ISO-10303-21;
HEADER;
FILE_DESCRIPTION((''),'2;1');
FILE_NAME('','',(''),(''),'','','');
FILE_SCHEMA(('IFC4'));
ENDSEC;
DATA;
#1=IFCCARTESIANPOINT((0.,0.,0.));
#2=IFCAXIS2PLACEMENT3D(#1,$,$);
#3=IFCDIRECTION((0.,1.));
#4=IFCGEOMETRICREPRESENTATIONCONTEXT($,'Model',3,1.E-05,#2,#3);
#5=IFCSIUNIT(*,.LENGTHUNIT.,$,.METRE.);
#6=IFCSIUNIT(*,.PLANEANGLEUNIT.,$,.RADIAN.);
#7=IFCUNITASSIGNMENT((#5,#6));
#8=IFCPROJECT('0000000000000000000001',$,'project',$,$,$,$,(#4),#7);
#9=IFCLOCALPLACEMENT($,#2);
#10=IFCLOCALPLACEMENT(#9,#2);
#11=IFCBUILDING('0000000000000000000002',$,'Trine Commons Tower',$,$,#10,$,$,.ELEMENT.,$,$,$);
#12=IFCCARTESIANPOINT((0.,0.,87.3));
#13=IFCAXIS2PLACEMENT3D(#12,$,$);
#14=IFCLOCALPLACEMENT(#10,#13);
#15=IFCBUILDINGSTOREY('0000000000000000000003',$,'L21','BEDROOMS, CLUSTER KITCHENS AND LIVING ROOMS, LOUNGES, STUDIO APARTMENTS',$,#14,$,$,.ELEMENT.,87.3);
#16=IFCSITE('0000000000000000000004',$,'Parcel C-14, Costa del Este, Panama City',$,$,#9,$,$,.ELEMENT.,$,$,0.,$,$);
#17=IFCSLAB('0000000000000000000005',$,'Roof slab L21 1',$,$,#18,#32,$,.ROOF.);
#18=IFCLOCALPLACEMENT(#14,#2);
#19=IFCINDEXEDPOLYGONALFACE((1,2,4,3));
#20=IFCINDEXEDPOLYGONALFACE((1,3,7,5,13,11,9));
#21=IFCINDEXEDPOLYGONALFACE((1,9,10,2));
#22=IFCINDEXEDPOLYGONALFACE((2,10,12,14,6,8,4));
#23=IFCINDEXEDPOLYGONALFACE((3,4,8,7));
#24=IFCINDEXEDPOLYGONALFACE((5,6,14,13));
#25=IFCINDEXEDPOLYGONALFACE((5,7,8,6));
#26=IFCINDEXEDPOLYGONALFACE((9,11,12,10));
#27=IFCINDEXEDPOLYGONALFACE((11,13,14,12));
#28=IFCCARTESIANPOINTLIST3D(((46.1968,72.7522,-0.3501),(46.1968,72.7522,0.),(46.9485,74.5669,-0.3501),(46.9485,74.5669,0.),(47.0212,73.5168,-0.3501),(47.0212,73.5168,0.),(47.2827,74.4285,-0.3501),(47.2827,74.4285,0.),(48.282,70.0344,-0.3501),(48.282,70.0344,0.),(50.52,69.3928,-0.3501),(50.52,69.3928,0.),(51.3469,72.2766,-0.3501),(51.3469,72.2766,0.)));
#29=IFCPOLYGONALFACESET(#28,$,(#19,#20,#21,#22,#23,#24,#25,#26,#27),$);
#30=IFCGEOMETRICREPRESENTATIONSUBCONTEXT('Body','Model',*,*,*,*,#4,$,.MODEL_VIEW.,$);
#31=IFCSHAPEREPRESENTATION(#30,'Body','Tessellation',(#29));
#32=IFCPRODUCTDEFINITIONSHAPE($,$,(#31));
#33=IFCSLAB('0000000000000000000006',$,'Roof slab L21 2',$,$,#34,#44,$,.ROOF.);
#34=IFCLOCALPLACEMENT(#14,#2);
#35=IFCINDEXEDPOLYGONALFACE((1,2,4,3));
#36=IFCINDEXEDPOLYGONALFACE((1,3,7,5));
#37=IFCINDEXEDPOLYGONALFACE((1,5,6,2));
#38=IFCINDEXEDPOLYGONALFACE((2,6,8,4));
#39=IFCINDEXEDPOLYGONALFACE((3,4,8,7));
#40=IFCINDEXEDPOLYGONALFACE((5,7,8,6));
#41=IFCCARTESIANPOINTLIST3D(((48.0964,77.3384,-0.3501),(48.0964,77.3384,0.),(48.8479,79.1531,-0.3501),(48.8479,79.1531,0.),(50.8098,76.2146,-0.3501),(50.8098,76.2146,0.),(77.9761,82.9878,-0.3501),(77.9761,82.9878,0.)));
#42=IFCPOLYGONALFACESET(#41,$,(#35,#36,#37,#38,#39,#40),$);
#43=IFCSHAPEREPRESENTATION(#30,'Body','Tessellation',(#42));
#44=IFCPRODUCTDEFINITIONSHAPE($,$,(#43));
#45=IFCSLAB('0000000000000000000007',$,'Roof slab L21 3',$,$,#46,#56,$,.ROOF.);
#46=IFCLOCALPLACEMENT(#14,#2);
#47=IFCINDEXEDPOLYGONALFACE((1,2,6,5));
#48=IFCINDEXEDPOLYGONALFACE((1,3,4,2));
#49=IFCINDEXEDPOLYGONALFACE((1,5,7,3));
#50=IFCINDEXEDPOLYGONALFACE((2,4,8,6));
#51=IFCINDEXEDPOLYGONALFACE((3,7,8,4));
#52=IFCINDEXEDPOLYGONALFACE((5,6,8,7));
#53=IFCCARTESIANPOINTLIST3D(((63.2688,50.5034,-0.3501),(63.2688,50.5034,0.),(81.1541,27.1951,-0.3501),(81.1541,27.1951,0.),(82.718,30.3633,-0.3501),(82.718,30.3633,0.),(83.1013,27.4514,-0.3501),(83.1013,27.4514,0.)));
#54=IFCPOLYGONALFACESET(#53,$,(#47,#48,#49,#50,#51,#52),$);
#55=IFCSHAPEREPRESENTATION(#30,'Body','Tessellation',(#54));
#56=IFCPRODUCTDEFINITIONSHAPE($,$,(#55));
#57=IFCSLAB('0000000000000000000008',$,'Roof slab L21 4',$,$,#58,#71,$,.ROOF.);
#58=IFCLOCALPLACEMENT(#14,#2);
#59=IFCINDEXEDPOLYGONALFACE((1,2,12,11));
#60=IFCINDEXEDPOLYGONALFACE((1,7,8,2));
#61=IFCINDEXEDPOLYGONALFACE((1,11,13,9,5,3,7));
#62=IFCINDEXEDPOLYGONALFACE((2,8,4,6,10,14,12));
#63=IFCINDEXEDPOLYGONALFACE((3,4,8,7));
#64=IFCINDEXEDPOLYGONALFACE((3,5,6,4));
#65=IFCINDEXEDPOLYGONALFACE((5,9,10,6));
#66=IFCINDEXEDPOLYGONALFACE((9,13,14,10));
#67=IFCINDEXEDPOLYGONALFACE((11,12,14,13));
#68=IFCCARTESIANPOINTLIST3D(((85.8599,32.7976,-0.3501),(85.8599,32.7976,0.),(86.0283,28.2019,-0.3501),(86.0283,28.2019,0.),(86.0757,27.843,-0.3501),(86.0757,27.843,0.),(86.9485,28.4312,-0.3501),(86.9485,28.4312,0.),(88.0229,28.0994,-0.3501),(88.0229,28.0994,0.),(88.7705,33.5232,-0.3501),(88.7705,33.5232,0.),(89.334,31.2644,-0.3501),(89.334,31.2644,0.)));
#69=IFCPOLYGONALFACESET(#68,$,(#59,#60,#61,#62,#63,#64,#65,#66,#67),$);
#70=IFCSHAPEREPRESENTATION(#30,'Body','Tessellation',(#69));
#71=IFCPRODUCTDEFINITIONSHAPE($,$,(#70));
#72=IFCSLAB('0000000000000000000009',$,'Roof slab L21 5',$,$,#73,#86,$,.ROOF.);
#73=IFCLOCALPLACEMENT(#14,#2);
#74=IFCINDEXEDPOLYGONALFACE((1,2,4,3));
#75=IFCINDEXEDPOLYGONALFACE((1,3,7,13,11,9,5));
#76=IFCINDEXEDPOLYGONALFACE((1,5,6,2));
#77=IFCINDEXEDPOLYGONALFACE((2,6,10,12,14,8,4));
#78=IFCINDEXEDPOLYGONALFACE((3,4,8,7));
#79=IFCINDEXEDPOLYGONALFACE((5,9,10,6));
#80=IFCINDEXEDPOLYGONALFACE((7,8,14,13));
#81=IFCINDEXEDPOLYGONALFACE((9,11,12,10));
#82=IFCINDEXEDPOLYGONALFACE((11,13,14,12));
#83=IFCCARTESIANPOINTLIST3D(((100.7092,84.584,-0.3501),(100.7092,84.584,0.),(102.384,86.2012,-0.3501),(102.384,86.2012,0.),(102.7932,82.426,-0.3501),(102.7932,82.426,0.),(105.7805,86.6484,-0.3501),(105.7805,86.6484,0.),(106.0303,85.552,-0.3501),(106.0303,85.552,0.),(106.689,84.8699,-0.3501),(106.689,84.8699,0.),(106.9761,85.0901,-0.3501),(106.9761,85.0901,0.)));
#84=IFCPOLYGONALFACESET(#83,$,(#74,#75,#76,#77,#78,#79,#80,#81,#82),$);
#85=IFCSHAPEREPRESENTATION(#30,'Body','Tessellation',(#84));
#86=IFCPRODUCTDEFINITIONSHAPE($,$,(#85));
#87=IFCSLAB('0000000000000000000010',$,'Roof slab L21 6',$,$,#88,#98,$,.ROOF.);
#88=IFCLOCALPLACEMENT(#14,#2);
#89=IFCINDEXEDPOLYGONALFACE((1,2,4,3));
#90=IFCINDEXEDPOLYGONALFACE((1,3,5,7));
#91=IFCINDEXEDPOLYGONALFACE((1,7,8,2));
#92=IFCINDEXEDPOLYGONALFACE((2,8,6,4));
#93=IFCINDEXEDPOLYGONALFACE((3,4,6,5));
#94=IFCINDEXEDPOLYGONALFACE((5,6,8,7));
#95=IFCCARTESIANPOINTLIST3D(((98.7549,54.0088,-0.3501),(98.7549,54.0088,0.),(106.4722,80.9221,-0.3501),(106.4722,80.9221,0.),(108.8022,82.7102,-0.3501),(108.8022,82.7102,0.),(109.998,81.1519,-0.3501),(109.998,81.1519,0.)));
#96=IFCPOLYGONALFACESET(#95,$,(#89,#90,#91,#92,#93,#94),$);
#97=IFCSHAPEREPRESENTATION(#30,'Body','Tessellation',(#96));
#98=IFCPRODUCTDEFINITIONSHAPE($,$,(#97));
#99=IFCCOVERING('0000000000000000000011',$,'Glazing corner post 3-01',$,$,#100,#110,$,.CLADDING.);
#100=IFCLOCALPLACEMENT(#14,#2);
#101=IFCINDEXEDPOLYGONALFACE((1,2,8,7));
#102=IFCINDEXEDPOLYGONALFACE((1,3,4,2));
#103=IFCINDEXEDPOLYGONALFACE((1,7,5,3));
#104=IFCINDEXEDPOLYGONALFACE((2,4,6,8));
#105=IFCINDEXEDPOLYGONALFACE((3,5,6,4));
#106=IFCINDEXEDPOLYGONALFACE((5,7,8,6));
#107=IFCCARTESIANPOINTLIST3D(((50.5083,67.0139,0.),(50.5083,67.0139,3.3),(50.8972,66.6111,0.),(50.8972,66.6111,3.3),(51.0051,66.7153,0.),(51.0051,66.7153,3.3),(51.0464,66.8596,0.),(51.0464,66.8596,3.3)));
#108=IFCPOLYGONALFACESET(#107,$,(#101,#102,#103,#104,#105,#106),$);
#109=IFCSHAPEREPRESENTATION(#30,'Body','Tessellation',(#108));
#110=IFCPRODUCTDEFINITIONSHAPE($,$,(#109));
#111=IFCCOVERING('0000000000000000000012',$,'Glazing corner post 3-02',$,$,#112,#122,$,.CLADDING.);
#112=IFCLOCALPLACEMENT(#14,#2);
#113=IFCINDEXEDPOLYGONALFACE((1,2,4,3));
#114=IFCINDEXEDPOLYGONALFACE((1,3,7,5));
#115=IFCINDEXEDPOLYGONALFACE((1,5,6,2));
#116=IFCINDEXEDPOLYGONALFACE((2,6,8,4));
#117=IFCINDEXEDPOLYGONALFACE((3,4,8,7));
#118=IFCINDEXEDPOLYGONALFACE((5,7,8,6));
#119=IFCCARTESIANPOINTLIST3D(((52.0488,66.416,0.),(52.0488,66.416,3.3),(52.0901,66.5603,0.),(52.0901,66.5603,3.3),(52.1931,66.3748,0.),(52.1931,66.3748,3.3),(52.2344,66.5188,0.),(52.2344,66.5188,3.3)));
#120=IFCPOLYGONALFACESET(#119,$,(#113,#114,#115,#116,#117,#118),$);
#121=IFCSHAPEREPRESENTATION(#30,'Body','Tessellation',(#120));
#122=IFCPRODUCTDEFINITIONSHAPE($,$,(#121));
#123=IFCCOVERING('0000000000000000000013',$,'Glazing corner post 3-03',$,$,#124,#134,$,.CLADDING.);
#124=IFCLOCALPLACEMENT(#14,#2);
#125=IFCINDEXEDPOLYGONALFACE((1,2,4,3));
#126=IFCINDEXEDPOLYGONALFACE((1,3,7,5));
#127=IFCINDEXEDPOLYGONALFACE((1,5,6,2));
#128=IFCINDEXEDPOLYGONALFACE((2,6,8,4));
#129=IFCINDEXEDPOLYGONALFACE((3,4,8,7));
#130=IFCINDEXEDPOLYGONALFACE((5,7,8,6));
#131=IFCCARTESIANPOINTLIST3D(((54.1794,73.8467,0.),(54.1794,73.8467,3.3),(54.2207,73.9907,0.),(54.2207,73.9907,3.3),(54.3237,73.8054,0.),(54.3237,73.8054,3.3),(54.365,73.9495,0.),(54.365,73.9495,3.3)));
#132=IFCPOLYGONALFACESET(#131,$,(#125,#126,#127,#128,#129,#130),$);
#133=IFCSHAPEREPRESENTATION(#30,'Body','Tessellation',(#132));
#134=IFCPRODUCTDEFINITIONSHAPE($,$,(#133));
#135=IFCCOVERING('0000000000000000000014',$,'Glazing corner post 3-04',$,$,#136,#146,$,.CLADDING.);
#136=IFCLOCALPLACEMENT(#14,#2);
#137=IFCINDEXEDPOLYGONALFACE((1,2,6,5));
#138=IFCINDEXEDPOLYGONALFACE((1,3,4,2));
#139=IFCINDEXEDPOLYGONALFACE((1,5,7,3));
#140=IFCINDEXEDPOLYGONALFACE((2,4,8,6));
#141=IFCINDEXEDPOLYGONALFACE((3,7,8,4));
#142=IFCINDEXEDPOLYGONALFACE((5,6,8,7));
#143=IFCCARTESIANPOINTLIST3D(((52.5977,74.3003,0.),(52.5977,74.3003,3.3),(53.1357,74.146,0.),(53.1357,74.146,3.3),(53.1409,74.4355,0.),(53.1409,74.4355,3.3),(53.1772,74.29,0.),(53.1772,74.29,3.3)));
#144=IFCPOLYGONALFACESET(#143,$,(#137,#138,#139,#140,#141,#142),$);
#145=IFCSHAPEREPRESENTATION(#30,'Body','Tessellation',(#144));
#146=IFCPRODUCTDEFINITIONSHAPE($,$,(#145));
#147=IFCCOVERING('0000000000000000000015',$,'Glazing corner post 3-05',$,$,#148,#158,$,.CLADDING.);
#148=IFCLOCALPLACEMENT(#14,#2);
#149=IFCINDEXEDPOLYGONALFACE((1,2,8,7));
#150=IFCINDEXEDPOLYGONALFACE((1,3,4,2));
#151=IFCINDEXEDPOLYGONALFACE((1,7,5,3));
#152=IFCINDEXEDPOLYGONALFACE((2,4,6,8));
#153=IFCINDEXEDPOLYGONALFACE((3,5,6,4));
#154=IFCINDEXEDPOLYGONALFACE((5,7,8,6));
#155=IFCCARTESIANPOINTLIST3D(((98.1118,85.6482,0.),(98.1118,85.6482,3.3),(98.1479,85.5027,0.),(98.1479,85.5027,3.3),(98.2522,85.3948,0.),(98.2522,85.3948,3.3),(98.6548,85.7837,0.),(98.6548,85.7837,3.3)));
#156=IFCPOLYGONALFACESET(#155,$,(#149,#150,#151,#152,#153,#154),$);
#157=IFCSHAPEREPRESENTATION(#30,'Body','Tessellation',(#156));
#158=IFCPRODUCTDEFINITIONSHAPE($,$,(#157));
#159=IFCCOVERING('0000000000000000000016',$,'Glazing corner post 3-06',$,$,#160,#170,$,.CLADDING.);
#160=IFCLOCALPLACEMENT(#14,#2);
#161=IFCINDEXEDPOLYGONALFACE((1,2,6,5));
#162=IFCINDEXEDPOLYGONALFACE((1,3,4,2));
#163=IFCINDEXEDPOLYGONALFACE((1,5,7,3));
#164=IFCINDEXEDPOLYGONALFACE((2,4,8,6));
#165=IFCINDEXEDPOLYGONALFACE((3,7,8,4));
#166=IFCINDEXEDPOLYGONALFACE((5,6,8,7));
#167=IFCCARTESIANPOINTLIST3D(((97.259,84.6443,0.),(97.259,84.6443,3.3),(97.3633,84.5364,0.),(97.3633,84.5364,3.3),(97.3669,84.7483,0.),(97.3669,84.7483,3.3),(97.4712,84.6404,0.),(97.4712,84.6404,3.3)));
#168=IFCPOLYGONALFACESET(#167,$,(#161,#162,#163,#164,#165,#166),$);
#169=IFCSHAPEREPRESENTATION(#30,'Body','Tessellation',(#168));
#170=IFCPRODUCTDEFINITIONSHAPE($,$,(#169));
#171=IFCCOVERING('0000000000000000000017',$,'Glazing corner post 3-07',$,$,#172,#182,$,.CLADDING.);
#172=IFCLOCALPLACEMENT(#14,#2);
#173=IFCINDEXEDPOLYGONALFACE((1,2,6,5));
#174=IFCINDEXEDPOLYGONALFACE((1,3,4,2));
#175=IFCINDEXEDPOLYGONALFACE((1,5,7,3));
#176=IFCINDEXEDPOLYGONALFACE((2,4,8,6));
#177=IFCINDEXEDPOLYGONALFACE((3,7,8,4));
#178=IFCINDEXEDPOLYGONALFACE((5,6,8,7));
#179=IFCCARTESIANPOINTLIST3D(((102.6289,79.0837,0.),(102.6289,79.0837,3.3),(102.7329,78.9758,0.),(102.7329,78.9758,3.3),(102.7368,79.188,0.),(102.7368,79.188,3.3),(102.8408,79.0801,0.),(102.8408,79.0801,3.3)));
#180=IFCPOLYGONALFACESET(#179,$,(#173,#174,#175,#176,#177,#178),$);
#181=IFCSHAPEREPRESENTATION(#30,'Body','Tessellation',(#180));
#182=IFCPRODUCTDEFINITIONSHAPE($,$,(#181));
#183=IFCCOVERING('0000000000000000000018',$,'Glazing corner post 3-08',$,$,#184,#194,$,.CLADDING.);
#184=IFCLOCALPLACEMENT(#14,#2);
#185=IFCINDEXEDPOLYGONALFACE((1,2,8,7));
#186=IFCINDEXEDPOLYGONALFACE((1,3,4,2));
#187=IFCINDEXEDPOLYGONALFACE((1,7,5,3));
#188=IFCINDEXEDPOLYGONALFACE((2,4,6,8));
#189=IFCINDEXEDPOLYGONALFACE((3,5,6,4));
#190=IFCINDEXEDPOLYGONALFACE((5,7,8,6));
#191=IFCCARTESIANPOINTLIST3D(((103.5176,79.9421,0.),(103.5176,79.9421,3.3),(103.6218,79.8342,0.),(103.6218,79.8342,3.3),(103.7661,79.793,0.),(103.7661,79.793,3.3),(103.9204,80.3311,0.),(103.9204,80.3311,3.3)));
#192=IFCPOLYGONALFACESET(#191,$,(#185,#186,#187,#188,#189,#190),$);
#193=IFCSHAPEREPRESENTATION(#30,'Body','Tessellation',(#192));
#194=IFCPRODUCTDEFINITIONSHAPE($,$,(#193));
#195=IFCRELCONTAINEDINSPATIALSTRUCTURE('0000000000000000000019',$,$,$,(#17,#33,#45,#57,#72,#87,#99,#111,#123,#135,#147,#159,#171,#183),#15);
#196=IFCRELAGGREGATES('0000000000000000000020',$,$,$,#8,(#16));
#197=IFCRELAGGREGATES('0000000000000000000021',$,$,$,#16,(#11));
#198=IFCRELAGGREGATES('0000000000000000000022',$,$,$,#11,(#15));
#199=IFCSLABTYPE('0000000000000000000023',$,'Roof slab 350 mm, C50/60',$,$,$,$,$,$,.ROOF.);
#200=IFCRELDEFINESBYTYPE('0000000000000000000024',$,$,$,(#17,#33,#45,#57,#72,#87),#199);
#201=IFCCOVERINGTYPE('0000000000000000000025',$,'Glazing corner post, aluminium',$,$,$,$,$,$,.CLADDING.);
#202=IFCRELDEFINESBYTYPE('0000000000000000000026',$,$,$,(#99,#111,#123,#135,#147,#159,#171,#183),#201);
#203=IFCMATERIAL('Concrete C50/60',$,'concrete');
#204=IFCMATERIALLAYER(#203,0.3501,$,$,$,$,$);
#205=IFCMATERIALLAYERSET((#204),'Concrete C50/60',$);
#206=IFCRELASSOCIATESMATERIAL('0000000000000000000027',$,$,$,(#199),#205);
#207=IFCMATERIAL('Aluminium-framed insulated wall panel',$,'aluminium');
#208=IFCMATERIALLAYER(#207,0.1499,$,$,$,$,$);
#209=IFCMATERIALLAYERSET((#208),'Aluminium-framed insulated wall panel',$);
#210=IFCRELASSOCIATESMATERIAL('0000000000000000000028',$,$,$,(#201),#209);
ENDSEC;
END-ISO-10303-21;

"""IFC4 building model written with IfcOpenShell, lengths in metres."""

from ifc_helpers import new_model, si_unit, direction, frame, origin, place, context, subcontext, project, spatial, polyline, outline, extrude, material, layer, layer_set, type_object, element, save


model = new_model("IFC4")

# Units and contexts
model_context = context("Model", 3, precision=1e-05, world=origin(), true_north=direction((0.0, 1.0)))
body_context = subcontext(model_context, "Body", "Model", "MODEL_VIEW")
ifc_project = project(units=[si_unit("LENGTHUNIT", "METRE"), si_unit("PLANEANGLEUNIT", "RADIAN")], contexts=[model_context])

# Site, building, storey
site_placement = place(None, origin())
site = spatial("IfcSite", under=ifc_project, at=site_placement, Name="Parcel C-14, Costa del Este, Panama City", CompositionType="ELEMENT", RefElevation=0.0)
building_placement = place(site_placement, origin())
building = spatial("IfcBuilding", under=site, at=building_placement, Name="Trine Commons Tower", CompositionType="ELEMENT")
storey_placement = place(building_placement, frame((0.0, 0.0, 87.3)))
storey = spatial("IfcBuildingStorey", under=building, at=storey_placement, Name="L21", Description="BEDROOMS, CLUSTER KITCHENS AND LIVING ROOMS, LOUNGES, STUDIO APARTMENTS", CompositionType="ELEMENT", Elevation=87.3)

# Slabs
ifc_material_1 = material(Name="Concrete C50/60", Category="concrete")
ifc_layer_1 = layer(ifc_material_1, 0.3501)
ifc_layer_set_1 = layer_set([ifc_layer_1], Name="Concrete C50/60")
slab_type_1 = type_object("IfcSlabType", Name="Roof slab 350 mm, C50/60", PredefinedType="ROOF", material=ifc_layer_set_1)
slab_1_placement = place(storey_placement, frame((0.0, 0.0, -0.3501)))
element("IfcSlab", 1, at=slab_1_placement, inside=storey, type_object=slab_type_1, Name="Roof slab L21 1", PredefinedType="ROOF", context=body_context, shape_type="SweptSolid", body=[
    extrude(outline(polyline([(48.282, 70.0344), (50.52, 69.3928), (51.3469, 72.2766), (47.0212, 73.5168), (47.2827, 74.4285), (46.9485, 74.5669), (46.1968, 72.7522), (48.282, 70.0344)])), origin(), (0.0, 0.0, 1.0), 0.3501),
])
slab_2_placement = place(storey_placement, frame((0.0, 0.0, -0.3501)))
element("IfcSlab", 2, at=slab_2_placement, inside=storey, type_object=slab_type_1, Name="Roof slab L21 2", PredefinedType="ROOF", context=body_context, shape_type="SweptSolid", body=[
    extrude(outline(polyline([(50.8098, 76.2146), (77.9761, 82.9878), (48.8479, 79.1531), (48.0964, 77.3384), (50.8098, 76.2146)])), origin(), (0.0, 0.0, 1.0), 0.3501),
])
slab_3_placement = place(storey_placement, frame((0.0, 0.0, -0.3501)))
element("IfcSlab", 3, at=slab_3_placement, inside=storey, type_object=slab_type_1, Name="Roof slab L21 3", PredefinedType="ROOF", context=body_context, shape_type="SweptSolid", body=[
    extrude(outline(polyline([(82.718, 30.3633), (63.2688, 50.5034), (81.1541, 27.1951), (83.1013, 27.4514), (82.718, 30.3633)])), origin(), (0.0, 0.0, 1.0), 0.3501),
])
slab_4_placement = place(storey_placement, frame((0.0, 0.0, -0.3501)))
element("IfcSlab", 4, at=slab_4_placement, inside=storey, type_object=slab_type_1, Name="Roof slab L21 4", PredefinedType="ROOF", context=body_context, shape_type="SweptSolid", body=[
    extrude(outline(polyline([(88.0229, 28.0994), (89.334, 31.2644), (88.7705, 33.5232), (85.8599, 32.7976), (86.9485, 28.4312), (86.0283, 28.2019), (86.0757, 27.843), (88.0229, 28.0994)])), origin(), (0.0, 0.0, 1.0), 0.3501),
])
slab_5_placement = place(storey_placement, frame((0.0, 0.0, -0.3501)))
element("IfcSlab", 5, at=slab_5_placement, inside=storey, type_object=slab_type_1, Name="Roof slab L21 5", PredefinedType="ROOF", context=body_context, shape_type="SweptSolid", body=[
    extrude(outline(polyline([(102.384, 86.2012), (100.7092, 84.584), (102.7932, 82.426), (106.0303, 85.552), (106.689, 84.8699), (106.9761, 85.0901), (105.7805, 86.6484), (102.384, 86.2012)])), origin(), (0.0, 0.0, 1.0), 0.3501),
])
slab_6_placement = place(storey_placement, frame((0.0, 0.0, -0.3501)))
element("IfcSlab", 6, at=slab_6_placement, inside=storey, type_object=slab_type_1, Name="Roof slab L21 6", PredefinedType="ROOF", context=body_context, shape_type="SweptSolid", body=[
    extrude(outline(polyline([(106.4722, 80.9221), (98.7549, 54.0088), (109.998, 81.1519), (108.8022, 82.7102), (106.4722, 80.9221)])), origin(), (0.0, 0.0, 1.0), 0.3501),
])

# Coverings
ifc_material_2 = material(Name="Aluminium-framed insulated wall panel", Category="aluminium")
ifc_layer_2 = layer(ifc_material_2, 0.1499)
ifc_layer_set_2 = layer_set([ifc_layer_2], Name="Aluminium-framed insulated wall panel")
covering_type_1 = type_object("IfcCoveringType", Name="Glazing corner post, aluminium", PredefinedType="CLADDING", material=ifc_layer_set_2)
covering_1_placement = place(storey_placement, origin())
element("IfcCovering", 7, at=covering_1_placement, inside=storey, type_object=covering_type_1, Name="Glazing corner post 3-01", PredefinedType="CLADDING", context=body_context, shape_type="SweptSolid", body=[
    extrude(outline(polyline([(50.8972, 66.6111), (51.0051, 66.7153), (51.0464, 66.8596), (50.5083, 67.0139), (50.8972, 66.6111)])), origin(), (0.0, 0.0, 1.0), 3.3),
])
covering_2_placement = place(storey_placement, origin())
element("IfcCovering", 8, at=covering_2_placement, inside=storey, type_object=covering_type_1, Name="Glazing corner post 3-02", PredefinedType="CLADDING", context=body_context, shape_type="SweptSolid", body=[
    extrude(outline(polyline([(52.0488, 66.416), (52.1931, 66.3748), (52.2344, 66.5188), (52.0901, 66.5603), (52.0488, 66.416)])), origin(), (0.0, 0.0, 1.0), 3.3),
])
covering_3_placement = place(storey_placement, origin())
element("IfcCovering", 9, at=covering_3_placement, inside=storey, type_object=covering_type_1, Name="Glazing corner post 3-03", PredefinedType="CLADDING", context=body_context, shape_type="SweptSolid", body=[
    extrude(outline(polyline([(54.3237, 73.8054), (54.365, 73.9495), (54.2207, 73.9907), (54.1794, 73.8467), (54.3237, 73.8054)])), origin(), (0.0, 0.0, 1.0), 3.3),
])
covering_4_placement = place(storey_placement, origin())
element("IfcCovering", 10, at=covering_4_placement, inside=storey, type_object=covering_type_1, Name="Glazing corner post 3-04", PredefinedType="CLADDING", context=body_context, shape_type="SweptSolid", body=[
    extrude(outline(polyline([(53.1357, 74.146), (53.1772, 74.29), (53.1409, 74.4355), (52.5977, 74.3003), (53.1357, 74.146)])), origin(), (0.0, 0.0, 1.0), 3.3),
])
covering_5_placement = place(storey_placement, origin())
element("IfcCovering", 11, at=covering_5_placement, inside=storey, type_object=covering_type_1, Name="Glazing corner post 3-05", PredefinedType="CLADDING", context=body_context, shape_type="SweptSolid", body=[
    extrude(outline(polyline([(98.2522, 85.3948), (98.6548, 85.7837), (98.1118, 85.6482), (98.1479, 85.5027), (98.2522, 85.3948)])), origin(), (0.0, 0.0, 1.0), 3.3),
])
covering_6_placement = place(storey_placement, origin())
element("IfcCovering", 12, at=covering_6_placement, inside=storey, type_object=covering_type_1, Name="Glazing corner post 3-06", PredefinedType="CLADDING", context=body_context, shape_type="SweptSolid", body=[
    extrude(outline(polyline([(97.3633, 84.5364), (97.4712, 84.6404), (97.4712, 84.6404), (97.3669, 84.7483), (97.259, 84.6443), (97.3633, 84.5364)])), origin(), (0.0, 0.0, 1.0), 3.3),
])
covering_7_placement = place(storey_placement, origin())
element("IfcCovering", 13, at=covering_7_placement, inside=storey, type_object=covering_type_1, Name="Glazing corner post 3-07", PredefinedType="CLADDING", context=body_context, shape_type="SweptSolid", body=[
    extrude(outline(polyline([(102.6289, 79.0837), (102.7329, 78.9758), (102.8408, 79.0801), (102.7368, 79.188), (102.7368, 79.188), (102.6289, 79.0837)])), origin(), (0.0, 0.0, 1.0), 3.3),
])
covering_8_placement = place(storey_placement, origin())
element("IfcCovering", 14, at=covering_8_placement, inside=storey, type_object=covering_type_1, Name="Glazing corner post 3-08", PredefinedType="CLADDING", context=body_context, shape_type="SweptSolid", body=[
    extrude(outline(polyline([(103.7661, 79.793), (103.9204, 80.3311), (103.5176, 79.9421), (103.6218, 79.8342), (103.7661, 79.793)])), origin(), (0.0, 0.0, 1.0), 3.3),
])

save(model, "model.ifc")
